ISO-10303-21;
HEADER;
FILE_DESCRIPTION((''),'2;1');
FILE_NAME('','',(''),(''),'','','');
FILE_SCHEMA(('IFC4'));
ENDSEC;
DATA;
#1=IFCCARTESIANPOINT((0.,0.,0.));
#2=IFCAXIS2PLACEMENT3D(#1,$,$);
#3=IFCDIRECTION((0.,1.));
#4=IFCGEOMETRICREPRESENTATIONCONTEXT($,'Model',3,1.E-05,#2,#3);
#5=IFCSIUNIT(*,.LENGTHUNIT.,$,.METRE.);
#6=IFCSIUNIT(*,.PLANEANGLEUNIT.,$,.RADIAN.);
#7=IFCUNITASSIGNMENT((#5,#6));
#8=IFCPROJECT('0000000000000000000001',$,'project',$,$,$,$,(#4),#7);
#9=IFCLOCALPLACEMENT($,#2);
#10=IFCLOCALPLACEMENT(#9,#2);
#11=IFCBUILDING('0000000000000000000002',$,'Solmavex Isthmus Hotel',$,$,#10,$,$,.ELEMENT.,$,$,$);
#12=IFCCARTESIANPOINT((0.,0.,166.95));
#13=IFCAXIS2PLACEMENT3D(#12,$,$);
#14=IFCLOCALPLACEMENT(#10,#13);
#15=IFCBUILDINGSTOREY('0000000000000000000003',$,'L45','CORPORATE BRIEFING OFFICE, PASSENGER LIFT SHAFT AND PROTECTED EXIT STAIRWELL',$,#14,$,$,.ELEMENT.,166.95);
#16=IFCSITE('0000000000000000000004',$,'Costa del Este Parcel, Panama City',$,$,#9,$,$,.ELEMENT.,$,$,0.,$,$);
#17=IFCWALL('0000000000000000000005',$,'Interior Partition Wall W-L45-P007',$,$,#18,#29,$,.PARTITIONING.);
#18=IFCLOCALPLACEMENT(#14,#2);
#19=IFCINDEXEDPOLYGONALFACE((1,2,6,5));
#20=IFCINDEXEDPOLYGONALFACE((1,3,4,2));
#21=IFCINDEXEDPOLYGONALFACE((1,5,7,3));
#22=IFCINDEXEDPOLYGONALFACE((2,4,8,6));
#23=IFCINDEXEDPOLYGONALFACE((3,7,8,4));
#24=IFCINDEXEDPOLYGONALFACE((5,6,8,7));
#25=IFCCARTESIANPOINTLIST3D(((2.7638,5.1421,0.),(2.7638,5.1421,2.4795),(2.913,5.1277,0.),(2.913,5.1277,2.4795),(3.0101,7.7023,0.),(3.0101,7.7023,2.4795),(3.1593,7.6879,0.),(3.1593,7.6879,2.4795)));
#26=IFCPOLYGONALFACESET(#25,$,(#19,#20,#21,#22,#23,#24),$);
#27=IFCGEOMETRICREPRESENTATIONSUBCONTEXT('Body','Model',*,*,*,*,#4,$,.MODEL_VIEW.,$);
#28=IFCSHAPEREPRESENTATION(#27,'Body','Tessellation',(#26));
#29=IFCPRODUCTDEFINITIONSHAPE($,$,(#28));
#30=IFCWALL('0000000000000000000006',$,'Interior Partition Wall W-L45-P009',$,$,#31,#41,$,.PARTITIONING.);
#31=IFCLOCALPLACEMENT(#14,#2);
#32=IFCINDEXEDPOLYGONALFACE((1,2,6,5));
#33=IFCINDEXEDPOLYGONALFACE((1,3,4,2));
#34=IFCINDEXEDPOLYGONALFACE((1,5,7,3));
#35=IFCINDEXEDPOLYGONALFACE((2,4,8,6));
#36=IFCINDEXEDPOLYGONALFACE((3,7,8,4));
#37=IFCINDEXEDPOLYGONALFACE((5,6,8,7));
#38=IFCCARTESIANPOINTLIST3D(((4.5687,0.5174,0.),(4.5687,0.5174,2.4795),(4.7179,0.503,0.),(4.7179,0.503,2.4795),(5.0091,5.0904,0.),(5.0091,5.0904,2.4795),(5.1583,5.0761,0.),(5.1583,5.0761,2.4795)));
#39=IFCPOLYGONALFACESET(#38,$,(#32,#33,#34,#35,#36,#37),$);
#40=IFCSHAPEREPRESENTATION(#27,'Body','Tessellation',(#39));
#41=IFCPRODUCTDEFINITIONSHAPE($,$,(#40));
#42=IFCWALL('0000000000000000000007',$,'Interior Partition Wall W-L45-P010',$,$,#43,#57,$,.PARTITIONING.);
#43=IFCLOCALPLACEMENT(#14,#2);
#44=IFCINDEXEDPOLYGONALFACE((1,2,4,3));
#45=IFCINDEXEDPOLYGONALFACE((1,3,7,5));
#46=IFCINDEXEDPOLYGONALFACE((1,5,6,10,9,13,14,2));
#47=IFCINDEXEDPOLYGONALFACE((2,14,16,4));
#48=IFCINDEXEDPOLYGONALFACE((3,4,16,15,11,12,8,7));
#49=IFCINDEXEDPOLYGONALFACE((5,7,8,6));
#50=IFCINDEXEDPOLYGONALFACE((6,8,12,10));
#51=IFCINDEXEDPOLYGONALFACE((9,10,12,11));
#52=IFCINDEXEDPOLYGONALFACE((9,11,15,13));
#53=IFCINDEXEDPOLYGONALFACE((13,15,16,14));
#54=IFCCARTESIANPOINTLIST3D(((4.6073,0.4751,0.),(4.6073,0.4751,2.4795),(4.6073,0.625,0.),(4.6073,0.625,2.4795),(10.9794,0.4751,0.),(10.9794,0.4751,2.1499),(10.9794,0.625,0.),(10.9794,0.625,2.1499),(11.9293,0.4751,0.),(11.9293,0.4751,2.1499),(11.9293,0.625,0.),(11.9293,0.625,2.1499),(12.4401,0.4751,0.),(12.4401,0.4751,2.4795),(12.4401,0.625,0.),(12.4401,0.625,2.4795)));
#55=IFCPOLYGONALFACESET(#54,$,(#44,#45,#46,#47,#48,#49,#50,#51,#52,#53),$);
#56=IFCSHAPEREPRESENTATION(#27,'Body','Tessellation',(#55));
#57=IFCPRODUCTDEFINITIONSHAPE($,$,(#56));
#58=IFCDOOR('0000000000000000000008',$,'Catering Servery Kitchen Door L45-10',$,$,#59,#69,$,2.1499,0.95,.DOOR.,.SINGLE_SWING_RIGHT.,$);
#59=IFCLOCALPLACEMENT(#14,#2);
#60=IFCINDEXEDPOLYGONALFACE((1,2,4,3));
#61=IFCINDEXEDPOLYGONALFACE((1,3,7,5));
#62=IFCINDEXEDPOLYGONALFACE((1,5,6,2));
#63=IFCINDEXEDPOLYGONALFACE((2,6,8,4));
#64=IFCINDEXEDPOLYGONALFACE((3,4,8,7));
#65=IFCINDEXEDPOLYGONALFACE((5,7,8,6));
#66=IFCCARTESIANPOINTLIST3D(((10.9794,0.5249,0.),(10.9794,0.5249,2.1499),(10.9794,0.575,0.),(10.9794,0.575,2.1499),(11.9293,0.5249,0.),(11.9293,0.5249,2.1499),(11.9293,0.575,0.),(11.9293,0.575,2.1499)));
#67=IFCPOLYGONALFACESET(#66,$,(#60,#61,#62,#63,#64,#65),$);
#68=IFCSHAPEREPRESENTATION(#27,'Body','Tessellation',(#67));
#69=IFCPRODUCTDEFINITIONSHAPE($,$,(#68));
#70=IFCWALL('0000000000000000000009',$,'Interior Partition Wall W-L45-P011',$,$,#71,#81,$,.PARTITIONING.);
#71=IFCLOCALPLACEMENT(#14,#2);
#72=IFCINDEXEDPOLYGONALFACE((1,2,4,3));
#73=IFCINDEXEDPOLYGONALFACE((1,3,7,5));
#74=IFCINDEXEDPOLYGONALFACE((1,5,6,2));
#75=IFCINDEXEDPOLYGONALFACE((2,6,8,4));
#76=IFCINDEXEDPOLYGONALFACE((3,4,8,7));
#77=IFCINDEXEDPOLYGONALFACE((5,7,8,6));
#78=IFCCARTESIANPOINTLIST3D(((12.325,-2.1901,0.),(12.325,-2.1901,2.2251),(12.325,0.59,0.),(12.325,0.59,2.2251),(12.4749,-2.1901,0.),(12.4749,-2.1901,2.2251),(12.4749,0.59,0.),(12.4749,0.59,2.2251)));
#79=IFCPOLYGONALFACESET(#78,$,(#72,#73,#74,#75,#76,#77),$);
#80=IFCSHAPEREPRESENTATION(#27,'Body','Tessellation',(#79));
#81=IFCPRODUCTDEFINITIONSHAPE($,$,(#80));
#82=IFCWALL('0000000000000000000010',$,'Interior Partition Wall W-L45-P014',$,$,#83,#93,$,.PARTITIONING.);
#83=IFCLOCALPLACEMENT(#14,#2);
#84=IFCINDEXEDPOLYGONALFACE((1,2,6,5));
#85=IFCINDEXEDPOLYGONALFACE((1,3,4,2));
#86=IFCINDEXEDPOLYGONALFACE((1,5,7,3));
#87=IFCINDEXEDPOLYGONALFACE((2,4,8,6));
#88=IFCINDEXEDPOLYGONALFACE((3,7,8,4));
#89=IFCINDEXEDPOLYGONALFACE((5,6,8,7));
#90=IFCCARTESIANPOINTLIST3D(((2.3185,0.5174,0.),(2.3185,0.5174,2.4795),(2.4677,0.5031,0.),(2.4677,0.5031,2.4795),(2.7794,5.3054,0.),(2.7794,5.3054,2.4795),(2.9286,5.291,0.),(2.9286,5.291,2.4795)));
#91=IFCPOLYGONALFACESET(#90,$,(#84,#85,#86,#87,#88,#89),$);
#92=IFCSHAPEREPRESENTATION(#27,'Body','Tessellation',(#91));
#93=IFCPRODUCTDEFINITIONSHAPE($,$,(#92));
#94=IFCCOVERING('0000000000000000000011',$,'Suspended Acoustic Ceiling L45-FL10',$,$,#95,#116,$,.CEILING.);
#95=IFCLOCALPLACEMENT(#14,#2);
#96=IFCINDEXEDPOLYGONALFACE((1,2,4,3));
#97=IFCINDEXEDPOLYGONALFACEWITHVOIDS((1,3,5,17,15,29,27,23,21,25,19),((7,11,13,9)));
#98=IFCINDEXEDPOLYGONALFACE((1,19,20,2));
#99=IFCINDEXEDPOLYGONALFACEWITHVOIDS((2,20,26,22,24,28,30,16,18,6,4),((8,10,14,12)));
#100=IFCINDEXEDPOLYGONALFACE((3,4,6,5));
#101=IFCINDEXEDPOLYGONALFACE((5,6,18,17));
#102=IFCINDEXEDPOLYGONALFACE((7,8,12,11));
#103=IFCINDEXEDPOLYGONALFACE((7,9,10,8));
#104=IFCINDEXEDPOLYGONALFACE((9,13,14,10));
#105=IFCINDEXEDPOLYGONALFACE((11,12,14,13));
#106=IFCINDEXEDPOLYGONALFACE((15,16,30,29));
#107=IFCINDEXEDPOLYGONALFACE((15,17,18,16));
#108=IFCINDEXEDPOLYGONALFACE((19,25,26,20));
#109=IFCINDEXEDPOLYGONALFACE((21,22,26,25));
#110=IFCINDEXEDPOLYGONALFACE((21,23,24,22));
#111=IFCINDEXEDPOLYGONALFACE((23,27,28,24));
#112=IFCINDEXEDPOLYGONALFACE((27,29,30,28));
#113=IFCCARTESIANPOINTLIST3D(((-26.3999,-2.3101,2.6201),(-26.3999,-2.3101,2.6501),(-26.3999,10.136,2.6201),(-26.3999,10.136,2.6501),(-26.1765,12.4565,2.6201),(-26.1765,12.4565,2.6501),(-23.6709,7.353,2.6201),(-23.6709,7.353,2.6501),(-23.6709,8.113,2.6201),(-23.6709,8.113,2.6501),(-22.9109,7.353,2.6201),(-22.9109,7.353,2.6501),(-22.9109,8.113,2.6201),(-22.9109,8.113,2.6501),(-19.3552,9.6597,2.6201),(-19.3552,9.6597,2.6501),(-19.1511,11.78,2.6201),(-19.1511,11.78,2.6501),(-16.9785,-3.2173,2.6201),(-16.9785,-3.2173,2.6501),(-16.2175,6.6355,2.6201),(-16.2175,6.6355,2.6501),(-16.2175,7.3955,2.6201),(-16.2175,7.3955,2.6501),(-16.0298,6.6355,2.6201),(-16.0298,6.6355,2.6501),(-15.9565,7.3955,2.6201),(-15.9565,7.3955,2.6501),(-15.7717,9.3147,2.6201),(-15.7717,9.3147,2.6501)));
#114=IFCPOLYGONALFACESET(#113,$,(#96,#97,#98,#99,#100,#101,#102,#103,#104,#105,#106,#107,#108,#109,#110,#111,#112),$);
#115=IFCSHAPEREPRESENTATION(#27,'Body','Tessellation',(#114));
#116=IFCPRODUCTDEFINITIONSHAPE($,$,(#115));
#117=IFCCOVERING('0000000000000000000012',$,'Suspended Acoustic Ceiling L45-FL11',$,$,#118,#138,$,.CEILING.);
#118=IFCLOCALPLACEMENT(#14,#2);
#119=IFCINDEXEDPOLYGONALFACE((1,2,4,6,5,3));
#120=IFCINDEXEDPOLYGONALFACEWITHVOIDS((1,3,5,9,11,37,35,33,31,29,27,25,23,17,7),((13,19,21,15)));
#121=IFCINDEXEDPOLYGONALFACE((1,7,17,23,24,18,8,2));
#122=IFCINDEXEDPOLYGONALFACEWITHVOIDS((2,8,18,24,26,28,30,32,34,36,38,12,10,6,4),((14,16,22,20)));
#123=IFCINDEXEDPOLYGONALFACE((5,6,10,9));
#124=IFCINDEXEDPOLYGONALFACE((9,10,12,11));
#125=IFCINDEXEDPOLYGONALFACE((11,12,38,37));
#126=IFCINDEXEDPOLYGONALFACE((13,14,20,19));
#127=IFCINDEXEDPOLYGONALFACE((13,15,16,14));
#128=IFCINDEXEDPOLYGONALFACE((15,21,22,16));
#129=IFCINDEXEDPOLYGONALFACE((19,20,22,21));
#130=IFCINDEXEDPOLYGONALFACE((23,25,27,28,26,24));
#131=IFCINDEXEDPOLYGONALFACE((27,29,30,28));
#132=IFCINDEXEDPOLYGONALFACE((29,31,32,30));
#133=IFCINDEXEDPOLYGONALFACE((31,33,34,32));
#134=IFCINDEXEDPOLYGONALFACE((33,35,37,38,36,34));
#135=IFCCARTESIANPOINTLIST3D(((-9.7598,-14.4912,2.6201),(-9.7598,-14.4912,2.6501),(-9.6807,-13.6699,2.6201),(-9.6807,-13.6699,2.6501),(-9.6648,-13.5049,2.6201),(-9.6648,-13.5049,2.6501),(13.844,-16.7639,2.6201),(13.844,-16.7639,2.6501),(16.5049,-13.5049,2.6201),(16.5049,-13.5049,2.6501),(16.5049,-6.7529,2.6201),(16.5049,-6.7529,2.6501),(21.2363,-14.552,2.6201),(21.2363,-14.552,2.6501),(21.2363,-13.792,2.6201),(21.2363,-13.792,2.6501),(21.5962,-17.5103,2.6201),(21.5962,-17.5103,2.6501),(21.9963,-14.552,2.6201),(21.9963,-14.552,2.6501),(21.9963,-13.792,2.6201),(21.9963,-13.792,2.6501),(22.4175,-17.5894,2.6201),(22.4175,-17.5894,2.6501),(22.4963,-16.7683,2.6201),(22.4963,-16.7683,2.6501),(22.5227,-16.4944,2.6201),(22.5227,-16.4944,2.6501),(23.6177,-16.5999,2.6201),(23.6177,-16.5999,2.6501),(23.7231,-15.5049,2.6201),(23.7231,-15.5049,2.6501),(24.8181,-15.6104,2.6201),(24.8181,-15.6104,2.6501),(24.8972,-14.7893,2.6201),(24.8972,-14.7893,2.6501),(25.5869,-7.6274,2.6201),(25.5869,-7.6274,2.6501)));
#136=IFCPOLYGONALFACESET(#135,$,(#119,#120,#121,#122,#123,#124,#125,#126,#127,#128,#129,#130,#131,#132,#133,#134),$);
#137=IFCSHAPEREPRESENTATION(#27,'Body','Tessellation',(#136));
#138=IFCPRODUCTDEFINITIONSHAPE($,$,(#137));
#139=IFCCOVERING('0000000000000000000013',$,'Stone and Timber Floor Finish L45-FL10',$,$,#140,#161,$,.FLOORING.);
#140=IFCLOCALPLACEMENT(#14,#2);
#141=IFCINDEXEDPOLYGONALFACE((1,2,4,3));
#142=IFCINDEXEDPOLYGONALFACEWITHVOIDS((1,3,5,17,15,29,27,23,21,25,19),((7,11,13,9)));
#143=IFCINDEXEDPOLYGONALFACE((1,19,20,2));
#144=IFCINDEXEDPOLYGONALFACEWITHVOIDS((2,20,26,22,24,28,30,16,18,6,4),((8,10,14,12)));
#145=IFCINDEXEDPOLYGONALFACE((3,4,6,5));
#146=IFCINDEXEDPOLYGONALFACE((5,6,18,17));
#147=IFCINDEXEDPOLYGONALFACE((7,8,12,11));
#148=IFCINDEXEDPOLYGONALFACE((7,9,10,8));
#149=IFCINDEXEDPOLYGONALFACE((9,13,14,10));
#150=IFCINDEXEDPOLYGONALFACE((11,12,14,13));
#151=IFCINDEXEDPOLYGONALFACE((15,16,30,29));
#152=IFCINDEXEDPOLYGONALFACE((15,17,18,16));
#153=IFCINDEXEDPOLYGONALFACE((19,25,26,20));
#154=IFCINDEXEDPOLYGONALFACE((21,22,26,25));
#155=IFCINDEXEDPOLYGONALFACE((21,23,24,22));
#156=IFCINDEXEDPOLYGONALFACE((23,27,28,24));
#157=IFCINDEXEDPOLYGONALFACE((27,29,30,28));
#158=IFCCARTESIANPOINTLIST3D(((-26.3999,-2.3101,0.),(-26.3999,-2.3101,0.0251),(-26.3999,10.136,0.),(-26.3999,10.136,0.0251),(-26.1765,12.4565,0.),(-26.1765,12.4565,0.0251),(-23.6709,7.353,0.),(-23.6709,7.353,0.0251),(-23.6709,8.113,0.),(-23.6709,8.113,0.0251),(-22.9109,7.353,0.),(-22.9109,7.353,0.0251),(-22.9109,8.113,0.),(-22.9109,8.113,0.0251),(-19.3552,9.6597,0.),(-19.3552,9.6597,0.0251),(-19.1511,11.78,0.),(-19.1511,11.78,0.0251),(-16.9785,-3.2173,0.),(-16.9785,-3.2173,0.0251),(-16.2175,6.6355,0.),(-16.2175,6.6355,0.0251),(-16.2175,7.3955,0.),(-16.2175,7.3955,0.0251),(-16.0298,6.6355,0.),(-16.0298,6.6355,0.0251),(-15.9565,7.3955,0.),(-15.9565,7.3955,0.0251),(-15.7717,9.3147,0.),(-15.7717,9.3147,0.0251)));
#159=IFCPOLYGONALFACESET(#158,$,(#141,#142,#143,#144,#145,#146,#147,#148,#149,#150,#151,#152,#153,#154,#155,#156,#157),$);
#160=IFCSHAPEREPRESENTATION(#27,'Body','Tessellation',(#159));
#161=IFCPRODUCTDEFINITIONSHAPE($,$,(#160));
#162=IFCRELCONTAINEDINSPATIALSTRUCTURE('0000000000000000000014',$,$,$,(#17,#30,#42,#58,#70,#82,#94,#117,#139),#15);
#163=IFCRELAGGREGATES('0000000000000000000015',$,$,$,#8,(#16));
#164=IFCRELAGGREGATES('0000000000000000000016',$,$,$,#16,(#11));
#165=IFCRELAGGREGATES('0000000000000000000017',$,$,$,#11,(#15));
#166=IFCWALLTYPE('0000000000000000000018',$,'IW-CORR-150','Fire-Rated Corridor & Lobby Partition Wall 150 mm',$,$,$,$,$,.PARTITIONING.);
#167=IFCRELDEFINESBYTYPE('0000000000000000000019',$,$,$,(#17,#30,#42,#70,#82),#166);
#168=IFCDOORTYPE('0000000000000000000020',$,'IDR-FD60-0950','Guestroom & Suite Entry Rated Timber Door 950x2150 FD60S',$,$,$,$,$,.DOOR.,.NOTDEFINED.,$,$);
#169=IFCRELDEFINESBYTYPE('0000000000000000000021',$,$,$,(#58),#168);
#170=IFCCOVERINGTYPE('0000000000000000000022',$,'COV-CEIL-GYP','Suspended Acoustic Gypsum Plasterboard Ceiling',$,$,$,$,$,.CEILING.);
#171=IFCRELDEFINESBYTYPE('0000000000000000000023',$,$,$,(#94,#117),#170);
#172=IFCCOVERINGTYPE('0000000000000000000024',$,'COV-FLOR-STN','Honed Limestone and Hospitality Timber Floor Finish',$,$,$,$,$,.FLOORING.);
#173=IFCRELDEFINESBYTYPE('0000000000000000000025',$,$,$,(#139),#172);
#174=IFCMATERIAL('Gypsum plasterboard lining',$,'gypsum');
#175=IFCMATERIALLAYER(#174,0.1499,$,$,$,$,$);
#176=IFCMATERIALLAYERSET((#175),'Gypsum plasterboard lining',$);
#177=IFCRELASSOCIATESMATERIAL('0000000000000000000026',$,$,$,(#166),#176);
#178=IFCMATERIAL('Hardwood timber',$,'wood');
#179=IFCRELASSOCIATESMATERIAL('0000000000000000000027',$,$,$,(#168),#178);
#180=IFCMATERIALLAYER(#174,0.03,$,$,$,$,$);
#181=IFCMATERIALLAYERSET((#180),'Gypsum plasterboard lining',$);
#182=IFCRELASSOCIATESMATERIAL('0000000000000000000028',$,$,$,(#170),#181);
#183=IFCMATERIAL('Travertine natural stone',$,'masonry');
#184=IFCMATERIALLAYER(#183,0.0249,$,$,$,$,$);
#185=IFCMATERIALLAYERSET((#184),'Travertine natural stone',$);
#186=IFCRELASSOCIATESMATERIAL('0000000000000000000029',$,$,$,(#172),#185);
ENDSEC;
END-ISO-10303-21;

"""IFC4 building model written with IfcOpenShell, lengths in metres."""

from ifc_helpers import new_model, si_unit, direction, frame, frame_2d, origin, place, context, subcontext, project, spatial, polyline, rectangle, outline, extrude, material, layer, layer_set, type_object, element, fill, save


model = new_model("IFC4")

# Units and contexts
model_context = context("Model", 3, precision=1e-05, world=origin(), true_north=direction((0.0, 1.0)))
body_context = subcontext(model_context, "Body", "Model", "MODEL_VIEW")
ifc_project = project(units=[si_unit("LENGTHUNIT", "METRE"), si_unit("PLANEANGLEUNIT", "RADIAN")], contexts=[model_context])

# Site, building, storey
site_placement = place(None, origin())
site = spatial("IfcSite", under=ifc_project, at=site_placement, Name="Costa del Este Parcel, Panama City", CompositionType="ELEMENT", RefElevation=0.0)
building_placement = place(site_placement, origin())
building = spatial("IfcBuilding", under=site, at=building_placement, Name="Solmavex Isthmus Hotel", CompositionType="ELEMENT")
storey_placement = place(building_placement, frame((0.0, 0.0, 166.95)))
storey = spatial("IfcBuildingStorey", under=building, at=storey_placement, Name="L45", Description="CORPORATE BRIEFING OFFICE, PASSENGER LIFT SHAFT AND PROTECTED EXIT STAIRWELL", CompositionType="ELEMENT", Elevation=166.95)

# Walls
ifc_material_1 = material(Name="Gypsum plasterboard lining", Category="gypsum")
ifc_layer_1 = layer(ifc_material_1, 0.1499)
ifc_layer_set_1 = layer_set([ifc_layer_1], Name="Gypsum plasterboard lining")
wall_type_1 = type_object("IfcWallType", Name="IW-CORR-150", Description="Fire-Rated Corridor & Lobby Partition Wall 150 mm", PredefinedType="PARTITIONING", material=ifc_layer_set_1)
wall_1_placement = place(storey_placement, frame((2.8384, 5.1348, 0.0), z_axis=(0.0, 0.0, 1.0), x_axis=(0.095772, 0.995403, 0.0)))
element("IfcWall", 1, at=wall_1_placement, inside=storey, type_object=wall_type_1, Name="Interior Partition Wall W-L45-P007", PredefinedType="PARTITIONING", context=body_context, shape_type="SweptSolid", body=[
    extrude(rectangle(XDim=2.572, YDim=0.1499, at=frame_2d((1.2861, 0.0))), origin(), (0.0, 0.0, 1.0), 2.4795),
])
wall_2_placement = place(storey_placement, frame((5.0837, 5.0833, 0.0), z_axis=(0.0, 0.0, 1.0), x_axis=(-0.095867, -0.995394, 0.0)))
element("IfcWall", 2, at=wall_2_placement, inside=storey, type_object=wall_type_1, Name="Interior Partition Wall W-L45-P009", PredefinedType="PARTITIONING", context=body_context, shape_type="SweptSolid", body=[
    extrude(rectangle(XDim=4.5942, YDim=0.1499, at=frame_2d((2.2971, 0.0))), origin(), (0.0, 0.0, 1.0), 2.4795),
])

# Wall, opening, door
wall_3_placement = place(storey_placement, frame((4.6072, 0.55, 0.0), z_axis=(0.0, 0.0, 1.0), x_axis=(1.0, 0.0, 0.0)))
wall_3 = element("IfcWall", 3, at=wall_3_placement, inside=storey, type_object=wall_type_1, Name="Interior Partition Wall W-L45-P010", PredefinedType="PARTITIONING", context=body_context, shape_type="SweptSolid", body=[
    extrude(rectangle(XDim=7.8328, YDim=0.1499, at=frame_2d((3.9165, 0.0))), origin(), (0.0, 0.0, 1.0), 2.4795),
])
opening_placement = place(wall_3_placement, frame((6.3721, 0.0, 0.0)))
opening = element("IfcOpeningElement", 4, at=opening_placement, cuts=wall_3, PredefinedType="OPENING", context=body_context, shape_type="SweptSolid", body=[
    extrude(rectangle(XDim=0.95, YDim=2.1499, at=frame_2d((0.4751, 1.075))), frame((0.0, 0.085, 0.0), z_axis=(0.0, -1.0, 0.0), x_axis=(1.0, 0.0, 0.0)), (0.0, 0.0, 1.0), 0.1699),
])
ifc_material_2 = material(Name="Hardwood timber", Category="wood")
door_type = type_object("IfcDoorType", Name="IDR-FD60-0950", Description="Guestroom & Suite Entry Rated Timber Door 950x2150 FD60S", OperationType="NOTDEFINED", PredefinedType="DOOR", material=ifc_material_2)
door_placement = place(opening_placement, origin())
door = element("IfcDoor", 5, at=door_placement, inside=storey, type_object=door_type, Name="Catering Servery Kitchen Door L45-10", OperationType="SINGLE_SWING_RIGHT", OverallHeight=2.1499, OverallWidth=0.95, PredefinedType="DOOR", context=body_context, shape_type="SweptSolid", body=[
    extrude(rectangle(XDim=0.95, YDim=2.1499, at=frame_2d((0.4751, 1.075))), frame((0.0, 0.0249, 0.0), z_axis=(0.0, -1.0, 0.0), x_axis=(1.0, 0.0, 0.0)), (0.0, 0.0, 1.0), 0.05),
])
fill(opening, door)

# Walls
wall_4_placement = place(storey_placement, frame((12.3999, 0.5901, 0.0), z_axis=(0.0, 0.0, 1.0), x_axis=(0.0, -1.0, 0.0)))
element("IfcWall", 6, at=wall_4_placement, inside=storey, type_object=wall_type_1, Name="Interior Partition Wall W-L45-P011", PredefinedType="PARTITIONING", context=body_context, shape_type="SweptSolid", body=[
    extrude(rectangle(XDim=2.78, YDim=0.1499, at=frame_2d((1.3901, 0.0))), origin(), (0.0, 0.0, 1.0), 2.2251),
])
wall_5_placement = place(storey_placement, frame((2.3931, 0.5103, 0.0), z_axis=(0.0, 0.0, 1.0), x_axis=(0.095829, 0.995398, 0.0)))
element("IfcWall", 7, at=wall_5_placement, inside=storey, type_object=wall_type_1, Name="Interior Partition Wall W-L45-P014", PredefinedType="PARTITIONING", context=body_context, shape_type="SweptSolid", body=[
    extrude(rectangle(XDim=4.8101, YDim=0.1499, at=frame_2d((2.405, 0.0))), origin(), (0.0, 0.0, 1.0), 2.4795),
])

# Coverings
ifc_layer_2 = layer(ifc_material_1, 0.03)
ifc_layer_set_2 = layer_set([ifc_layer_2], Name="Gypsum plasterboard lining")
covering_type_1 = type_object("IfcCoveringType", Name="COV-CEIL-GYP", Description="Suspended Acoustic Gypsum Plasterboard Ceiling", PredefinedType="CEILING", material=ifc_layer_set_2)
covering_1_placement = place(storey_placement, frame((0.0, 0.0, 2.6201)))
element("IfcCovering", 8, at=covering_1_placement, inside=storey, type_object=covering_type_1, Name="Suspended Acoustic Ceiling L45-FL10", PredefinedType="CEILING", context=body_context, shape_type="SweptSolid", body=[
    extrude(outline(polyline([(-16.0298, 6.6355), (-16.2175, 6.6355), (-16.2175, 7.3955), (-15.9565, 7.3955), (-15.7717, 9.3147), (-19.3552, 9.6597), (-19.1511, 11.78), (-26.1765, 12.4565), (-26.3999, 10.136), (-26.3999, -2.3101), (-16.9785, -3.2173), (-16.0298, 6.6355)]), holes=[polyline([(-23.6709, 7.353), (-23.6709, 8.113), (-22.9109, 8.113), (-22.9109, 7.353), (-23.6709, 7.353)])]), origin(), (0.0, 0.0, 1.0), 0.03),
])
covering_2_placement = place(storey_placement, frame((0.0, 0.0, 2.6201)))
element("IfcCovering", 9, at=covering_2_placement, inside=storey, type_object=covering_type_1, Name="Suspended Acoustic Ceiling L45-FL11", PredefinedType="CEILING", context=body_context, shape_type="SweptSolid", body=[
    extrude(outline(polyline([(21.5962, -17.5103), (22.4175, -17.5894), (22.4963, -16.7683), (22.5227, -16.4944), (23.6177, -16.5999), (23.7231, -15.5049), (24.8181, -15.6104), (24.8972, -14.7893), (25.5869, -7.6274), (16.5049, -6.7529), (16.5049, -13.5049), (-9.6648, -13.5049), (-9.6807, -13.6699), (-9.7598, -14.4912), (13.844, -16.7639), (21.5962, -17.5103)]), holes=[polyline([(21.2363, -14.552), (21.2363, -13.792), (21.9963, -13.792), (21.9963, -14.552), (21.2363, -14.552)])]), origin(), (0.0, 0.0, 1.0), 0.03),
])
ifc_material_3 = material(Name="Travertine natural stone", Category="masonry")
ifc_layer_3 = layer(ifc_material_3, 0.0249)
ifc_layer_set_3 = layer_set([ifc_layer_3], Name="Travertine natural stone")
covering_type_2 = type_object("IfcCoveringType", Name="COV-FLOR-STN", Description="Honed Limestone and Hospitality Timber Floor Finish", PredefinedType="FLOORING", material=ifc_layer_set_3)
covering_3_placement = place(storey_placement, origin())
element("IfcCovering", 10, at=covering_3_placement, inside=storey, type_object=covering_type_2, Name="Stone and Timber Floor Finish L45-FL10", PredefinedType="FLOORING", context=body_context, shape_type="SweptSolid", body=[
    extrude(outline(polyline([(-16.0298, 6.6355), (-16.2175, 6.6355), (-16.2175, 7.3955), (-15.9565, 7.3955), (-15.7717, 9.3147), (-19.3552, 9.6597), (-19.1511, 11.78), (-26.1765, 12.4565), (-26.3999, 10.136), (-26.3999, -2.3101), (-16.9785, -3.2173), (-16.0298, 6.6355)]), holes=[polyline([(-23.6709, 7.353), (-23.6709, 8.113), (-22.9109, 8.113), (-22.9109, 7.353), (-23.6709, 7.353)])]), origin(), (0.0, 0.0, 1.0), 0.0251),
])

save(model, "model.ifc")
